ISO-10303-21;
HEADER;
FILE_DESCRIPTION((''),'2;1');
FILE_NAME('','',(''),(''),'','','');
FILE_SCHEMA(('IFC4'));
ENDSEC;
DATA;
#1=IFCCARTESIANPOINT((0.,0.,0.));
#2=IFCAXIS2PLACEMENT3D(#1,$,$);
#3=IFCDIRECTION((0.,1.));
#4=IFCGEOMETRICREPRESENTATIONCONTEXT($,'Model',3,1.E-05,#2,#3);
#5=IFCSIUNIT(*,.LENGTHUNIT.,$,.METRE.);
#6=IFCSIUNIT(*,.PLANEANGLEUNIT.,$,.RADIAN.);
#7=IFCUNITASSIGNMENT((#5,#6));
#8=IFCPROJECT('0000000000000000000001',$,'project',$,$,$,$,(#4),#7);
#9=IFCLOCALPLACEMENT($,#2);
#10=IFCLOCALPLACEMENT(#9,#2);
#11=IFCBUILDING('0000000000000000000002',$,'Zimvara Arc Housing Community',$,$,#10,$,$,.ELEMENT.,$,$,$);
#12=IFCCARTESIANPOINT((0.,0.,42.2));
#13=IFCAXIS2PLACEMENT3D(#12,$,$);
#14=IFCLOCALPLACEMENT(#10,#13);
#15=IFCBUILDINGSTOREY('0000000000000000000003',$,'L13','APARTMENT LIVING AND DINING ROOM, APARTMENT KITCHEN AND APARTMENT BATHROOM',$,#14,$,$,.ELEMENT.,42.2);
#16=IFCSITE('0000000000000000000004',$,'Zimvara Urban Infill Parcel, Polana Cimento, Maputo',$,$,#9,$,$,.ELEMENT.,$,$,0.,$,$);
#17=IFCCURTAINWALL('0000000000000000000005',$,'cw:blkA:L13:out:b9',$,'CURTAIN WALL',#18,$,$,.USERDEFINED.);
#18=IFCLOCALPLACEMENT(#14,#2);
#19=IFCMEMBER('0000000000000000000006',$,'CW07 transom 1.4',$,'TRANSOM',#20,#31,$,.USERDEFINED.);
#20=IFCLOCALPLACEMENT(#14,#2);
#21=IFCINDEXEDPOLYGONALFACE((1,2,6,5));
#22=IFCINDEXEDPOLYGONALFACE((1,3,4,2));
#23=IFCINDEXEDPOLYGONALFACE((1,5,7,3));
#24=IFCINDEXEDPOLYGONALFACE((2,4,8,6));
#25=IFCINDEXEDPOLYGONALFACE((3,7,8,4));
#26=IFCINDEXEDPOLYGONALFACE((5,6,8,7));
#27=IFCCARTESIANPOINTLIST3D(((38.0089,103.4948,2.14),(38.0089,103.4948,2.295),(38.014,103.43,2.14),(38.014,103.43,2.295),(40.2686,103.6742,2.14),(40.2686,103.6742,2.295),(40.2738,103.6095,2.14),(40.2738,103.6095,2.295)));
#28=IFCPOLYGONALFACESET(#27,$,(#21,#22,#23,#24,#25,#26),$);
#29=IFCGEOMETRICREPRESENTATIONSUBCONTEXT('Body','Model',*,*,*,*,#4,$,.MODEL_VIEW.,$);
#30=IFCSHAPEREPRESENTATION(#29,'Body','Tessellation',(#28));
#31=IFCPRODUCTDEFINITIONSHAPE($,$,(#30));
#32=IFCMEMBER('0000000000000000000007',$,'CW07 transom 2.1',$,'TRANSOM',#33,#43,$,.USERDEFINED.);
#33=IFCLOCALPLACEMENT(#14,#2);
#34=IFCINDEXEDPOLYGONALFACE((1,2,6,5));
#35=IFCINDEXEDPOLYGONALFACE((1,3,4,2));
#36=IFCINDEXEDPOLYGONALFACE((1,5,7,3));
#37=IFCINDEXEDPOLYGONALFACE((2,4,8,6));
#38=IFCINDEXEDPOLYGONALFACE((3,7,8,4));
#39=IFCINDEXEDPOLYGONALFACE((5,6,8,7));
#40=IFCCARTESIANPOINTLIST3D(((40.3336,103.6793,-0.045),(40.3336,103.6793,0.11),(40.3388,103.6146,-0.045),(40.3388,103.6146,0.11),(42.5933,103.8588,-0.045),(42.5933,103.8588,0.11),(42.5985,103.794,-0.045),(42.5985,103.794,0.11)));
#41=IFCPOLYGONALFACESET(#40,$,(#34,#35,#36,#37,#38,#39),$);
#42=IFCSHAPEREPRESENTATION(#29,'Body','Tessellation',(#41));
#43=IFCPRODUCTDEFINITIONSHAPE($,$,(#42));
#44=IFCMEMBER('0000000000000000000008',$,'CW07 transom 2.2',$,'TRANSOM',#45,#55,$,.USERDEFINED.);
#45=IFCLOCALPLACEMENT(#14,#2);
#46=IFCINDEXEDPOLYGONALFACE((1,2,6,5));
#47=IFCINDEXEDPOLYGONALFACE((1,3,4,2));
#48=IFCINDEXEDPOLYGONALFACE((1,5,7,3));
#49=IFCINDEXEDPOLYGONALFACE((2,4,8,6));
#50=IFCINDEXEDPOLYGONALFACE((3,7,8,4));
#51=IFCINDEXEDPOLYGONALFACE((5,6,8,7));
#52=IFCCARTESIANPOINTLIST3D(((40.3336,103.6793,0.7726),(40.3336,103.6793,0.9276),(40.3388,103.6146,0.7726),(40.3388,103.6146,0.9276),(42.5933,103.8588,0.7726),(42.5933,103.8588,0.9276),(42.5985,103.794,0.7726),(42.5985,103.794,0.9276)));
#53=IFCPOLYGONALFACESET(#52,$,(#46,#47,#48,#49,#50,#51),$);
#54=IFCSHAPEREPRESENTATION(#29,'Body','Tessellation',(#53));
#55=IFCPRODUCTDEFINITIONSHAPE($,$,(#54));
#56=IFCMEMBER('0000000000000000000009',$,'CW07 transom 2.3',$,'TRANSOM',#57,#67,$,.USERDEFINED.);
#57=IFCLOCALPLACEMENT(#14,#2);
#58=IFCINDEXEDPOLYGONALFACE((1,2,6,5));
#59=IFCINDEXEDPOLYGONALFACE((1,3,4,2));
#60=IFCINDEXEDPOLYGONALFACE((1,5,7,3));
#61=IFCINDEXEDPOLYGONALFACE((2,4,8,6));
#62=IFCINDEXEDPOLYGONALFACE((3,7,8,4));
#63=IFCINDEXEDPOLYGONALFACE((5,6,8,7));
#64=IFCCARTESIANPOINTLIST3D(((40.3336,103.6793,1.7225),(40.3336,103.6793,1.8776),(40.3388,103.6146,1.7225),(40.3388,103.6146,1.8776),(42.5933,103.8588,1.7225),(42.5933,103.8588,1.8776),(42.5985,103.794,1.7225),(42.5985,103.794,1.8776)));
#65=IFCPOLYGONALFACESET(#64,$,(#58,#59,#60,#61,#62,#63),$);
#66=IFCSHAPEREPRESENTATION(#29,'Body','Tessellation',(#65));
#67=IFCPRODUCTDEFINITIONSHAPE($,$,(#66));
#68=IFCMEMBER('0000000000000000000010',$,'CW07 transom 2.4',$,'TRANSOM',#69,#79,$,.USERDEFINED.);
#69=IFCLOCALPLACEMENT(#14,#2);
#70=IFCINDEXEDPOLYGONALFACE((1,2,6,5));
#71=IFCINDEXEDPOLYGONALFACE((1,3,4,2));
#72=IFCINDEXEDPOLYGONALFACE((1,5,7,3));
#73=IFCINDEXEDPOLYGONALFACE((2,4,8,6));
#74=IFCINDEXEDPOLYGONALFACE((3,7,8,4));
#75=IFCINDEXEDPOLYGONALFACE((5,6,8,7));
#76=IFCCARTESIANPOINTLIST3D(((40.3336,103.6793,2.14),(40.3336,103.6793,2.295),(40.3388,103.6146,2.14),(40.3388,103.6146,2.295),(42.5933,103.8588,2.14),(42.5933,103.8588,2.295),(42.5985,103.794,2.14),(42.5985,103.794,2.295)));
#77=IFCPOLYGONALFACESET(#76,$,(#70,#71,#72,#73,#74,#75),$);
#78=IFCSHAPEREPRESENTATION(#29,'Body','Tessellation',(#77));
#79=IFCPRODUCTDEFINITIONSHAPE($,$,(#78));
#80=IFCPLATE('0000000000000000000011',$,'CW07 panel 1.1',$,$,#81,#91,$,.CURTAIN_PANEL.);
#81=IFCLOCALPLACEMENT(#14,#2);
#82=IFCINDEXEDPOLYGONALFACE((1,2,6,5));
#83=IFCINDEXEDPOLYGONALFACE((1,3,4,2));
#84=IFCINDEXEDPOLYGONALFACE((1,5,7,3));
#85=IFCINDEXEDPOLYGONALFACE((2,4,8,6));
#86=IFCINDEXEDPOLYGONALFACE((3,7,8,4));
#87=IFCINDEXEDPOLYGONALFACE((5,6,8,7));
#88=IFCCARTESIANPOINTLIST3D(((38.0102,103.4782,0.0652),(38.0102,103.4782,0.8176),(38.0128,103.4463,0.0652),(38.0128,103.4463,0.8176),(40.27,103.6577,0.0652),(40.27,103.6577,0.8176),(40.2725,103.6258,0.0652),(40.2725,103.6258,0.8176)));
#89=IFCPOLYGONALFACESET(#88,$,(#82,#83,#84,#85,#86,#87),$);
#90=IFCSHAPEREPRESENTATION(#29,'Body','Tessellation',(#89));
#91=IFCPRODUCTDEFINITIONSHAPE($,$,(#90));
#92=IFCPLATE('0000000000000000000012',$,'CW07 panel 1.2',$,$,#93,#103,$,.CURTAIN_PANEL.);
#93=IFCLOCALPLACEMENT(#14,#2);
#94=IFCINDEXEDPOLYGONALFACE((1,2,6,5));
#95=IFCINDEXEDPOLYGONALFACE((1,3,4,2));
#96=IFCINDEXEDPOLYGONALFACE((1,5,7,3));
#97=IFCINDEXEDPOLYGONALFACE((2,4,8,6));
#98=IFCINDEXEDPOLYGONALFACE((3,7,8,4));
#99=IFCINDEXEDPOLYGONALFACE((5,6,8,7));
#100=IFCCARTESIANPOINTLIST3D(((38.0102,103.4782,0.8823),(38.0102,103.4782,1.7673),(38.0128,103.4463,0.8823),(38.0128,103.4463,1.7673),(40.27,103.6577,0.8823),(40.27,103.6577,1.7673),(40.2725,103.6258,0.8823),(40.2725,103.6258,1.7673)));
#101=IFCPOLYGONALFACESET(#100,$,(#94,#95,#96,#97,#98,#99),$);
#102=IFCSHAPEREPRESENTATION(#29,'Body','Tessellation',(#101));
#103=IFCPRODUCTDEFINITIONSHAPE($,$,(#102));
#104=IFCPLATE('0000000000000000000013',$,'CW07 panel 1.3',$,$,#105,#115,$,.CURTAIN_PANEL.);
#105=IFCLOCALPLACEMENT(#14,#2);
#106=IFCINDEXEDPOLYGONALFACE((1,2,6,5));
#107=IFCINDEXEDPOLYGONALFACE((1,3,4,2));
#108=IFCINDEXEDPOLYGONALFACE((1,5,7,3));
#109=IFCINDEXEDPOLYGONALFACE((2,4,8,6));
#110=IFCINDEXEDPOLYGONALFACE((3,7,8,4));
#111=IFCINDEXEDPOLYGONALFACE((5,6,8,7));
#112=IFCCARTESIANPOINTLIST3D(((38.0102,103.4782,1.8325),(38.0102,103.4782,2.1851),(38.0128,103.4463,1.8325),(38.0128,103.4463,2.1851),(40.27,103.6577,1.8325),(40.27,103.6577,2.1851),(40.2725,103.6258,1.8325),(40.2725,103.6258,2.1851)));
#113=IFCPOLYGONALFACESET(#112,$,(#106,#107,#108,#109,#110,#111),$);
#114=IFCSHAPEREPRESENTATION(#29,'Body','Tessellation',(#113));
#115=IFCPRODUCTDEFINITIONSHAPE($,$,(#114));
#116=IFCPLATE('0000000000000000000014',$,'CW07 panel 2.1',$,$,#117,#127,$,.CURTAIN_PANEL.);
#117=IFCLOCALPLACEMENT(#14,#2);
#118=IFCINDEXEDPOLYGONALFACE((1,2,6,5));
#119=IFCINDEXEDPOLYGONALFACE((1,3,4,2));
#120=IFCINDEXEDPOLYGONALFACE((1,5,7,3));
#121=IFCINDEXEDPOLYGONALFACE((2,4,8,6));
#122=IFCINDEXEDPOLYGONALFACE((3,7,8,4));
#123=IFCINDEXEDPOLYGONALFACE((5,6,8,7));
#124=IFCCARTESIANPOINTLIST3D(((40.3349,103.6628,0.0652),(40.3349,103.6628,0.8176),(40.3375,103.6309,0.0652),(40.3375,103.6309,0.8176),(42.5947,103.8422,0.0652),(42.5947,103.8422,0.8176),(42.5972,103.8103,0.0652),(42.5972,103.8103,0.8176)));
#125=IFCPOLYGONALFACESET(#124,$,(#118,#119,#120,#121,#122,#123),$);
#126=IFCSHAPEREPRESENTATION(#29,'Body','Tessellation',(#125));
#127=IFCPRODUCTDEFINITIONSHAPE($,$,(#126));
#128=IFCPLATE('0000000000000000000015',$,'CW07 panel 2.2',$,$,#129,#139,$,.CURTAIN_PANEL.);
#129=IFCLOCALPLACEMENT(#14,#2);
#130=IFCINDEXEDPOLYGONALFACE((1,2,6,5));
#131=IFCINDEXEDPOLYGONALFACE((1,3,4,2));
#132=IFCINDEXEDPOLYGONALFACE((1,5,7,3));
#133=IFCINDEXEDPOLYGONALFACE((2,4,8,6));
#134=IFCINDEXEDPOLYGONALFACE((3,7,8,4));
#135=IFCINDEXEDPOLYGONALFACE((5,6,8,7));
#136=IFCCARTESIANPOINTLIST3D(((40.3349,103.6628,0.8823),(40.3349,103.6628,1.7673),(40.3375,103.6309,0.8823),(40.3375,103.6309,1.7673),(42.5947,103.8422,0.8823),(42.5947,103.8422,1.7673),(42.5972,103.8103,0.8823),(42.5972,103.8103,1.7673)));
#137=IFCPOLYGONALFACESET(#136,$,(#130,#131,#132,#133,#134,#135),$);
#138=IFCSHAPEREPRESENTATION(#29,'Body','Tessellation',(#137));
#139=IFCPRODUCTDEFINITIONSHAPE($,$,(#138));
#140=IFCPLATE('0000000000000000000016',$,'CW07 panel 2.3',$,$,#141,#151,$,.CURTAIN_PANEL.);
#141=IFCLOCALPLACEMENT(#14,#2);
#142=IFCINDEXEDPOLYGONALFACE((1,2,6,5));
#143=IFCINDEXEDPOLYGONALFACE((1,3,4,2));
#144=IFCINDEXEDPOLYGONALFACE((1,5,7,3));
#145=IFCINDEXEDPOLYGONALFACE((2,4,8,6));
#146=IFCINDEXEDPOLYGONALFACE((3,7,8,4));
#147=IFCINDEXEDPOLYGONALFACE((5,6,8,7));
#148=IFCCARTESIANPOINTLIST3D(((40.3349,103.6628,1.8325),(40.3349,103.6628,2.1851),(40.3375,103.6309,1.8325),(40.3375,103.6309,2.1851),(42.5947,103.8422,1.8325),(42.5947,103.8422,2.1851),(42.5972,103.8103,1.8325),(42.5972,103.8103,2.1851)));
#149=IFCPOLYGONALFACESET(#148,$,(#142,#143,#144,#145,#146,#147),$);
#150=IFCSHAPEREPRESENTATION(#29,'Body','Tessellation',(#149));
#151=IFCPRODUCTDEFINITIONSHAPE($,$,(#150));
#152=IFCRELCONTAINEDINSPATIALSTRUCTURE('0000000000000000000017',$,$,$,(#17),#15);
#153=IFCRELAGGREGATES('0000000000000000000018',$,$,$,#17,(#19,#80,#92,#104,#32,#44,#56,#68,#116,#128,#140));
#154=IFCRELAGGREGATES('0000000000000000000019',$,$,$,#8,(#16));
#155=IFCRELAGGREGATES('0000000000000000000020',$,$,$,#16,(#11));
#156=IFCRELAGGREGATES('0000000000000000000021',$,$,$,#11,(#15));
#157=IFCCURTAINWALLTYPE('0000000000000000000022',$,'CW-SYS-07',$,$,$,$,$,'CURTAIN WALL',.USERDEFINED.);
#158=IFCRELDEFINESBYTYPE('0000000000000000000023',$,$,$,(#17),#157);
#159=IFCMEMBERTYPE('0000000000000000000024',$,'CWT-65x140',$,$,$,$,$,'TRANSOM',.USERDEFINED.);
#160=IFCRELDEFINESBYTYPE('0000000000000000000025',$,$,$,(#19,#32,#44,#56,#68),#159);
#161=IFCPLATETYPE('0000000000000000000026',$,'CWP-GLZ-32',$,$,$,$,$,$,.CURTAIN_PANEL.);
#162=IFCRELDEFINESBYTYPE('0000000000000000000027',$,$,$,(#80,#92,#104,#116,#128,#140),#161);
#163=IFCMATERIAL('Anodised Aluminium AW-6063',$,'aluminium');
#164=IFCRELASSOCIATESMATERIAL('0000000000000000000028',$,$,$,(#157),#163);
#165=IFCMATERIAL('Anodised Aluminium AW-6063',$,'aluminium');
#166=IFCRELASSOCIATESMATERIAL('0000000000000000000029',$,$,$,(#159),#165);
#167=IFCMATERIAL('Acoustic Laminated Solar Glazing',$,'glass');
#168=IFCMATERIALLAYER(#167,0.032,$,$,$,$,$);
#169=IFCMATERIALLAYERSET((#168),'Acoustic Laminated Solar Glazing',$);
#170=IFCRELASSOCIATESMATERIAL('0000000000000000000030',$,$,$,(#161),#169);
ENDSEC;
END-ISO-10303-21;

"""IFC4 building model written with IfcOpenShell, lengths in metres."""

from ifc_helpers import new_model, si_unit, direction, frame, origin, origin_2d, place, context, subcontext, project, spatial, rectangle, extrude, material, layer, layer_set, material_profile, profile_set, type_object, element, aggregate, save


model = new_model("IFC4")

# Units and contexts
model_context = context("Model", 3, precision=1e-05, world=origin(), true_north=direction((0.0, 1.0)))
body_context = subcontext(model_context, "Body", "Model", "MODEL_VIEW")
ifc_project = project(units=[si_unit("LENGTHUNIT", "METRE"), si_unit("PLANEANGLEUNIT", "RADIAN")], contexts=[model_context])

# Site, building, storey
site_placement = place(None, origin())
site = spatial("IfcSite", under=ifc_project, at=site_placement, Name="Zimvara Urban Infill Parcel, Polana Cimento, Maputo", CompositionType="ELEMENT", RefElevation=0.0)
building_placement = place(site_placement, origin())
building = spatial("IfcBuilding", under=site, at=building_placement, Name="Zimvara Arc Housing Community", CompositionType="ELEMENT")
storey_placement = place(building_placement, frame((0.0, 0.0, 42.2)))
storey = spatial("IfcBuildingStorey", under=building, at=storey_placement, Name="L13", Description="APARTMENT LIVING AND DINING ROOM, APARTMENT KITCHEN AND APARTMENT BATHROOM", CompositionType="ELEMENT", Elevation=42.2)

# Curtain wall, members, plates
ifc_material_1 = material(Name="Anodised Aluminium AW-6063", Category="aluminium")
curtain_wall_type = type_object("IfcCurtainWallType", Name="CW-SYS-07", ElementType="CURTAIN WALL", PredefinedType="USERDEFINED", material=ifc_material_1)
curtain_wall_placement = place(storey_placement, origin())
curtain_wall = element("IfcCurtainWall", 1, at=curtain_wall_placement, inside=storey, type_object=curtain_wall_type, Name="cw:blkA:L13:out:b9", ObjectType="CURTAIN WALL", PredefinedType="USERDEFINED")
ifc_material_2 = material(Name="Anodised Aluminium AW-6063", Category="aluminium")
ifc_material_profile_1 = material_profile(ifc_material_2, rectangle(XDim=0.0649, YDim=0.155, at=origin_2d()), Name="ALU 65x155")
ifc_profile_set_1 = profile_set([ifc_material_profile_1], Name="Anodised Aluminium AW-6063")
member_type_1 = type_object("IfcMemberType", Name="CWT-65x140", ElementType="TRANSOM", PredefinedType="USERDEFINED", material=ifc_profile_set_1)
member_1_placement = place(storey_placement, frame((38.0115, 103.4624, 2.2175), z_axis=(0.996862, 0.079159, 0.0), x_axis=(-0.079159, 0.996862, 0.0)))
member_1 = element("IfcMember", 2, at=member_1_placement, type_object=member_type_1, Name="CW07 transom 1.4", ObjectType="TRANSOM", PredefinedType="USERDEFINED", context=body_context, shape_type="SweptSolid", body=[
    extrude(rectangle(XDim=0.0649, YDim=0.155, at=origin_2d()), origin(), (0.0, 0.0, 1.0), 2.2668),
])
member_2_placement = place(storey_placement, frame((40.3362, 103.647, 0.0325), z_axis=(0.996862, 0.079159, 0.0), x_axis=(-0.079159, 0.996862, 0.0)))
member_2 = element("IfcMember", 3, at=member_2_placement, type_object=member_type_1, Name="CW07 transom 2.1", ObjectType="TRANSOM", PredefinedType="USERDEFINED", context=body_context, shape_type="SweptSolid", body=[
    extrude(rectangle(XDim=0.0649, YDim=0.155, at=origin_2d()), origin(), (0.0, 0.0, 1.0), 2.2668),
])
member_3_placement = place(storey_placement, frame((40.3362, 103.647, 0.8501), z_axis=(0.996862, 0.079159, 0.0), x_axis=(-0.079159, 0.996862, 0.0)))
member_3 = element("IfcMember", 4, at=member_3_placement, type_object=member_type_1, Name="CW07 transom 2.2", ObjectType="TRANSOM", PredefinedType="USERDEFINED", context=body_context, shape_type="SweptSolid", body=[
    extrude(rectangle(XDim=0.0649, YDim=0.155, at=origin_2d()), origin(), (0.0, 0.0, 1.0), 2.2668),
])
member_4_placement = place(storey_placement, frame((40.3362, 103.647, 1.8), z_axis=(0.996862, 0.079159, 0.0), x_axis=(-0.079159, 0.996862, 0.0)))
member_4 = element("IfcMember", 5, at=member_4_placement, type_object=member_type_1, Name="CW07 transom 2.3", ObjectType="TRANSOM", PredefinedType="USERDEFINED", context=body_context, shape_type="SweptSolid", body=[
    extrude(rectangle(XDim=0.0649, YDim=0.155, at=origin_2d()), origin(), (0.0, 0.0, 1.0), 2.2668),
])
member_5_placement = place(storey_placement, frame((40.3362, 103.647, 2.2175), z_axis=(0.996862, 0.079159, 0.0), x_axis=(-0.079159, 0.996862, 0.0)))
member_5 = element("IfcMember", 6, at=member_5_placement, type_object=member_type_1, Name="CW07 transom 2.4", ObjectType="TRANSOM", PredefinedType="USERDEFINED", context=body_context, shape_type="SweptSolid", body=[
    extrude(rectangle(XDim=0.0649, YDim=0.155, at=origin_2d()), origin(), (0.0, 0.0, 1.0), 2.2668),
])
ifc_material_3 = material(Name="Acoustic Laminated Solar Glazing", Category="glass")
ifc_layer_1 = layer(ifc_material_3, 0.032)
ifc_layer_set_1 = layer_set([ifc_layer_1], Name="Acoustic Laminated Solar Glazing")
plate_type = type_object("IfcPlateType", Name="CWP-GLZ-32", PredefinedType="CURTAIN_PANEL", material=ifc_layer_set_1)
plate_1_placement = place(storey_placement, frame((39.1414, 103.552, 0.0652), z_axis=(0.0, 0.0, 1.0), x_axis=(0.996862, 0.079154, 0.0)))
plate_1 = element("IfcPlate", 7, at=plate_1_placement, type_object=plate_type, Name="CW07 panel 1.1", PredefinedType="CURTAIN_PANEL", context=body_context, shape_type="SweptSolid", body=[
    extrude(rectangle(XDim=2.2668, YDim=0.032, at=origin_2d()), origin(), (0.0, 0.0, 1.0), 0.7524),
])
plate_2_placement = place(storey_placement, frame((39.1414, 103.552, 0.8823), z_axis=(0.0, 0.0, 1.0), x_axis=(0.996862, 0.079154, 0.0)))
plate_2 = element("IfcPlate", 8, at=plate_2_placement, type_object=plate_type, Name="CW07 panel 1.2", PredefinedType="CURTAIN_PANEL", context=body_context, shape_type="SweptSolid", body=[
    extrude(rectangle(XDim=2.2668, YDim=0.032, at=origin_2d()), origin(), (0.0, 0.0, 1.0), 0.885),
])
plate_3_placement = place(storey_placement, frame((39.1414, 103.552, 1.8325), z_axis=(0.0, 0.0, 1.0), x_axis=(0.996862, 0.079154, 0.0)))
plate_3 = element("IfcPlate", 9, at=plate_3_placement, type_object=plate_type, Name="CW07 panel 1.3", PredefinedType="CURTAIN_PANEL", context=body_context, shape_type="SweptSolid", body=[
    extrude(rectangle(XDim=2.2668, YDim=0.032, at=origin_2d()), origin(), (0.0, 0.0, 1.0), 0.3525),
])
plate_4_placement = place(storey_placement, frame((41.4661, 103.7366, 0.0652), z_axis=(0.0, 0.0, 1.0), x_axis=(0.996862, 0.079154, 0.0)))
plate_4 = element("IfcPlate", 10, at=plate_4_placement, type_object=plate_type, Name="CW07 panel 2.1", PredefinedType="CURTAIN_PANEL", context=body_context, shape_type="SweptSolid", body=[
    extrude(rectangle(XDim=2.2668, YDim=0.032, at=origin_2d()), origin(), (0.0, 0.0, 1.0), 0.7524),
])
plate_5_placement = place(storey_placement, frame((41.4661, 103.7366, 0.8823), z_axis=(0.0, 0.0, 1.0), x_axis=(0.996862, 0.079154, 0.0)))
plate_5 = element("IfcPlate", 11, at=plate_5_placement, type_object=plate_type, Name="CW07 panel 2.2", PredefinedType="CURTAIN_PANEL", context=body_context, shape_type="SweptSolid", body=[
    extrude(rectangle(XDim=2.2668, YDim=0.032, at=origin_2d()), origin(), (0.0, 0.0, 1.0), 0.885),
])
plate_6_placement = place(storey_placement, frame((41.4661, 103.7366, 1.8325), z_axis=(0.0, 0.0, 1.0), x_axis=(0.996862, 0.079154, 0.0)))
plate_6 = element("IfcPlate", 12, at=plate_6_placement, type_object=plate_type, Name="CW07 panel 2.3", PredefinedType="CURTAIN_PANEL", context=body_context, shape_type="SweptSolid", body=[
    extrude(rectangle(XDim=2.2668, YDim=0.032, at=origin_2d()), origin(), (0.0, 0.0, 1.0), 0.3525),
])
aggregate(curtain_wall, [member_1, plate_1, plate_2, plate_3, member_2, member_3, member_4, member_5, plate_4, plate_5, plate_6])

save(model, "model.ifc")
